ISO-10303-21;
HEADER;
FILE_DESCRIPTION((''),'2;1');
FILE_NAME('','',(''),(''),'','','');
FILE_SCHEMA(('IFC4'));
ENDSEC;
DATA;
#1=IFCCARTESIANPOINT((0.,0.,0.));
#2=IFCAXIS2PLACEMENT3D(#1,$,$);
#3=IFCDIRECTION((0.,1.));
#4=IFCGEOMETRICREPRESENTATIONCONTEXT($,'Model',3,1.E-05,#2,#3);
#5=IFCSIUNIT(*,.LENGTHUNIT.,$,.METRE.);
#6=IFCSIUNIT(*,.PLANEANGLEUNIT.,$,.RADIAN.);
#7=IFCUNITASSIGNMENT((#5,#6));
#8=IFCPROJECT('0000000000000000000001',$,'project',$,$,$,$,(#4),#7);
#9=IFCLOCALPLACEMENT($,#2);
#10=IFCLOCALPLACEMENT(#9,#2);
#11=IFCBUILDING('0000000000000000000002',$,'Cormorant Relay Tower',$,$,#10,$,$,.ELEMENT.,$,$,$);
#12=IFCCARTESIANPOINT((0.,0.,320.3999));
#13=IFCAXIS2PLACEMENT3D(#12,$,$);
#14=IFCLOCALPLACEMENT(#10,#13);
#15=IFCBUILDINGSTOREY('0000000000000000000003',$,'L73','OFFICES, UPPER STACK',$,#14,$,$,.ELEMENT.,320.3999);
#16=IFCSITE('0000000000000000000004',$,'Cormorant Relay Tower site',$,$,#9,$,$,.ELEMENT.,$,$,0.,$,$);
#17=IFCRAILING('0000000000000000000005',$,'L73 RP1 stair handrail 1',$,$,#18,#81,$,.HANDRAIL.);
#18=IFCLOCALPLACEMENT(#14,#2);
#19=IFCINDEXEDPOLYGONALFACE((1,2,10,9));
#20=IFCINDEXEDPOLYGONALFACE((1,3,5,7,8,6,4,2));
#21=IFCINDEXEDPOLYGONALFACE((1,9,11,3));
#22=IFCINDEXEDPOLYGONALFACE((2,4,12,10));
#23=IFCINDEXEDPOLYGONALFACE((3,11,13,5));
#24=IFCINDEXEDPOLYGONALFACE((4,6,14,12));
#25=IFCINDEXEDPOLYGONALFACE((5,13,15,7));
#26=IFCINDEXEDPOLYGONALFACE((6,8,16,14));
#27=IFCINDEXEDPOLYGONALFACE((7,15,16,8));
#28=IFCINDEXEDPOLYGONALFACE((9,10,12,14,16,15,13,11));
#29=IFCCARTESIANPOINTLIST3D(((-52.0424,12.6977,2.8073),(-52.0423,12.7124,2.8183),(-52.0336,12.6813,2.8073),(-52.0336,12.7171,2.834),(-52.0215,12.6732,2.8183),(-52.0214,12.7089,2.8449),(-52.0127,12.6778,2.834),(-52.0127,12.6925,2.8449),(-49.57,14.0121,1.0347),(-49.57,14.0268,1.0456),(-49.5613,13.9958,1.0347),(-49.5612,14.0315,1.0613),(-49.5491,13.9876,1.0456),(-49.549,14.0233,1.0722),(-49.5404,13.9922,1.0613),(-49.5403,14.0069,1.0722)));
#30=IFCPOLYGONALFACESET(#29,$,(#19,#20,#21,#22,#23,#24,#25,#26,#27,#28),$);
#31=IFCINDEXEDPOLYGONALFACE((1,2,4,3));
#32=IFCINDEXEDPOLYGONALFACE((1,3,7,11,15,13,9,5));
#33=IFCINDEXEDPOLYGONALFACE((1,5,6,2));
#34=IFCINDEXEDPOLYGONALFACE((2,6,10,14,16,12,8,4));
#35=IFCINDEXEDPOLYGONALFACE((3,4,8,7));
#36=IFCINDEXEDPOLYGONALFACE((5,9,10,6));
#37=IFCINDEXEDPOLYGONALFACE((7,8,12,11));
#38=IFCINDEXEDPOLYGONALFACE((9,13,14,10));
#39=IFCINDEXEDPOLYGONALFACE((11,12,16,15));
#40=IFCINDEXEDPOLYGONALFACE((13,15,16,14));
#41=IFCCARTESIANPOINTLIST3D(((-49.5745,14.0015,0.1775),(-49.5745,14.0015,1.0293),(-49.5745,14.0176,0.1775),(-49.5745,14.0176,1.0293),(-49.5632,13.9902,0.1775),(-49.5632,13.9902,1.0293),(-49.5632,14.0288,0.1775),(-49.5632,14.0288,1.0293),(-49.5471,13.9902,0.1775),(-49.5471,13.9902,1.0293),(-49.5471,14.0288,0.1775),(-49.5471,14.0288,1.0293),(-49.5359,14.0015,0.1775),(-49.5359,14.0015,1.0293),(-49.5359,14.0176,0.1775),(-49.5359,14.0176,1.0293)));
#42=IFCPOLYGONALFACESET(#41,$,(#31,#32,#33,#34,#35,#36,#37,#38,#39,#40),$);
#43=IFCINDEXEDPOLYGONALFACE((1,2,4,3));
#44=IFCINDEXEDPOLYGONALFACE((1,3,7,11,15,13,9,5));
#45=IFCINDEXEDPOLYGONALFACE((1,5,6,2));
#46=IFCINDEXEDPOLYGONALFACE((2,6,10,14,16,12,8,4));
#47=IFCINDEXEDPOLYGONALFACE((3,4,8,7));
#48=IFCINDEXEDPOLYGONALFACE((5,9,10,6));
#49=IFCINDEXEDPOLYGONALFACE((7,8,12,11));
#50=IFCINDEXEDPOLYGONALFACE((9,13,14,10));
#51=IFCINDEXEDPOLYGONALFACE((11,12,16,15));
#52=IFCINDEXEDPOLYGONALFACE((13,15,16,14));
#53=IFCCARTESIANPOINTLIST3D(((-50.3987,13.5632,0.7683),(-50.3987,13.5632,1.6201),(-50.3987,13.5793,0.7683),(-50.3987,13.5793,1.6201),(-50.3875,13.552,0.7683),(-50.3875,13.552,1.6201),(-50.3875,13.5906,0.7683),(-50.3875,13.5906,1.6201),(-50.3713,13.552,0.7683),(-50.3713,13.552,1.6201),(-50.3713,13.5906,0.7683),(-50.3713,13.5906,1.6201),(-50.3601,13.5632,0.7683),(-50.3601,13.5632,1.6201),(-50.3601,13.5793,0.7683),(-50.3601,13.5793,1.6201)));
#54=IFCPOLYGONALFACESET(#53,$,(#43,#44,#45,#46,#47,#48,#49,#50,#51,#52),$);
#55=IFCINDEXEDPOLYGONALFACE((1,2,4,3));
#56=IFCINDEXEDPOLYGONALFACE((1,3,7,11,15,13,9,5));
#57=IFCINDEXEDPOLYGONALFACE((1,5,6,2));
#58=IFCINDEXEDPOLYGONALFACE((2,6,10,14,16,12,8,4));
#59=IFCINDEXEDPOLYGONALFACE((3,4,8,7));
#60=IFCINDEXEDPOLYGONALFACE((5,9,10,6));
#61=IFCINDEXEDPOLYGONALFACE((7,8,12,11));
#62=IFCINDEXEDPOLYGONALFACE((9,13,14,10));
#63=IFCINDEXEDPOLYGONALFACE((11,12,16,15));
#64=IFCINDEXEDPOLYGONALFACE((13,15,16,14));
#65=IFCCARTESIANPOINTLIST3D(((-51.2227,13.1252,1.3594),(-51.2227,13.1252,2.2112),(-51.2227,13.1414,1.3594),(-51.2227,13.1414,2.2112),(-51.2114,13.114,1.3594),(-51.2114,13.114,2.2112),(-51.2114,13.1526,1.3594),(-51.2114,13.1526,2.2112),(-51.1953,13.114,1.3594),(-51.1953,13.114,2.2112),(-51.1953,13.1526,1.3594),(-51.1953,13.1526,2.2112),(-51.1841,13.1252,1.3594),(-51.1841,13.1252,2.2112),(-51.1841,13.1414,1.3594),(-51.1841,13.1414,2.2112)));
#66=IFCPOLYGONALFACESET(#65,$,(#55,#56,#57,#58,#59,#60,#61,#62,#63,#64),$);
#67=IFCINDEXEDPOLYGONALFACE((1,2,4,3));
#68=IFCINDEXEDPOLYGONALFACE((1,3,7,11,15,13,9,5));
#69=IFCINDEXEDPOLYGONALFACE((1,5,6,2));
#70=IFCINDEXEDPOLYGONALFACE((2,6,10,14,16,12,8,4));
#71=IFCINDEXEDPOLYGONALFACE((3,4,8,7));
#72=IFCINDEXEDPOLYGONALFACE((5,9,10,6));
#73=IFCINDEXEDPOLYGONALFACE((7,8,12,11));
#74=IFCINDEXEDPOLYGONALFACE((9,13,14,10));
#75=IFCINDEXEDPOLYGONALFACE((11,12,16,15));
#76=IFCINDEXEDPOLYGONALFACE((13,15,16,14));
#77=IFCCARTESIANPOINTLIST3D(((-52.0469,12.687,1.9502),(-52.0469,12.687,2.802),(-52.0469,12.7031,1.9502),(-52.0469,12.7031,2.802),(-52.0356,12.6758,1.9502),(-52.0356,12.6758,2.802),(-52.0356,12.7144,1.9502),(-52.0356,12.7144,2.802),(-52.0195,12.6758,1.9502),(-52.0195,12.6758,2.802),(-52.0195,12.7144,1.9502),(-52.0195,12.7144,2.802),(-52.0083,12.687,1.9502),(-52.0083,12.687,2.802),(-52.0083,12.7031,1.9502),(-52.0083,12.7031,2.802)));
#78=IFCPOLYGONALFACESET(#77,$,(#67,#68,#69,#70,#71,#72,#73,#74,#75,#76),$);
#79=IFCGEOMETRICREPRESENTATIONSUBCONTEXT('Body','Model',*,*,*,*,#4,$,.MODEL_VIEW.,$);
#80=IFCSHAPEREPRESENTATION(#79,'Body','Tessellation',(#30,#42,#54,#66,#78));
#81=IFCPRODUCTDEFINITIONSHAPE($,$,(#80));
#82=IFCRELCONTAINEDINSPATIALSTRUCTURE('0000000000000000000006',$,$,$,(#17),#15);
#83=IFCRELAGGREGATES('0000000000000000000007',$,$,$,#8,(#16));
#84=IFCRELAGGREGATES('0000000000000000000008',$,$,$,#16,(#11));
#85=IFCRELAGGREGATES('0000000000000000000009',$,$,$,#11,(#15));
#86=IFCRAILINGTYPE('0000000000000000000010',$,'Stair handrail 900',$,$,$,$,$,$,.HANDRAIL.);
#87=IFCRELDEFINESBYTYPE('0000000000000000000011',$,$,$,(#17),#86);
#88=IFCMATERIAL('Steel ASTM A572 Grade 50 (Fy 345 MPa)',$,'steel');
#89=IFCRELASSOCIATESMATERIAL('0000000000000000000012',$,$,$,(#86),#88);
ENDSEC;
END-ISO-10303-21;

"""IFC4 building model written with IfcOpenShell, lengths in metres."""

from ifc_helpers import new_model, si_unit, direction, frame, origin, place, context, subcontext, project, spatial, polyline, outline, extrude, material, type_object, element, save


model = new_model("IFC4")

# Units and contexts
model_context = context("Model", 3, precision=1e-05, world=origin(), true_north=direction((0.0, 1.0)))
body_context = subcontext(model_context, "Body", "Model", "MODEL_VIEW")
ifc_project = project(units=[si_unit("LENGTHUNIT", "METRE"), si_unit("PLANEANGLEUNIT", "RADIAN")], contexts=[model_context])

# Site, building, storey
site_placement = place(None, origin())
site = spatial("IfcSite", under=ifc_project, at=site_placement, Name="Cormorant Relay Tower site", CompositionType="ELEMENT", RefElevation=0.0)
building_placement = place(site_placement, origin())
building = spatial("IfcBuilding", under=site, at=building_placement, Name="Cormorant Relay Tower", CompositionType="ELEMENT")
storey_placement = place(building_placement, frame((0.0, 0.0, 320.3999)))
storey = spatial("IfcBuildingStorey", under=building, at=storey_placement, Name="L73", Description="OFFICES, UPPER STACK", CompositionType="ELEMENT", Elevation=320.3999)

# Railing
ifc_material_1 = material(Name="Steel ASTM A572 Grade 50 (Fy 345 MPa)", Category="steel")
railing_type = type_object("IfcRailingType", Name="Stair handrail 900", PredefinedType="HANDRAIL", material=ifc_material_1)
railing_placement = place(storey_placement, frame((-49.5552, 14.0095, 0.1775)))
element("IfcRailing", 1, at=railing_placement, inside=storey, type_object=railing_type, Name="L73 RP1 stair handrail 1", PredefinedType="HANDRAIL", context=body_context, shape_type="SweptSolid", body=[
    extrude(outline(polyline([(0.0222, 0.0093), (0.0093, 0.0222), (-0.0093, 0.0222), (-0.0222, 0.0093), (-0.0222, -0.0093), (-0.0093, -0.0222), (0.0093, -0.0222), (0.0222, -0.0093), (0.0222, 0.0093)])), frame((0.0, 0.0, 0.876), z_axis=(-0.746034, -0.396627, 0.534902), x_axis=(0.469429, -0.88297, 0.0)), (0.0, 0.0, 1.0), 3.314),
    extrude(outline(polyline([(0.0193, 0.0081), (0.0081, 0.0193), (-0.0081, 0.0193), (-0.0193, 0.0081), (-0.0193, -0.0081), (-0.0081, -0.0193), (0.0081, -0.0193), (0.0193, -0.0081), (0.0193, 0.0081)])), origin(), (0.0, 0.0, 1.0), 0.8518),
    extrude(outline(polyline([(0.0193, 0.0081), (0.0081, 0.0193), (-0.0081, 0.0193), (-0.0193, 0.0081), (-0.0193, -0.0081), (-0.0081, -0.0193), (0.0081, -0.0193), (0.0193, -0.0081), (0.0193, 0.0081)])), frame((-0.8242, -0.4382, 0.5908)), (0.0, 0.0, 1.0), 0.8518),
    extrude(outline(polyline([(0.0193, 0.0081), (0.0081, 0.0193), (-0.0081, 0.0193), (-0.0193, 0.0081), (-0.0193, -0.0081), (-0.0081, -0.0193), (0.0081, -0.0193), (0.0193, -0.0081), (0.0193, 0.0081)])), frame((-1.6482, -0.8762, 1.1819)), (0.0, 0.0, 1.0), 0.8518),
    extrude(outline(polyline([(0.0193, 0.0081), (0.0081, 0.0193), (-0.0081, 0.0193), (-0.0193, 0.0081), (-0.0193, -0.0081), (-0.0081, -0.0193), (0.0081, -0.0193), (0.0193, -0.0081), (0.0193, 0.0081)])), frame((-2.4724, -1.3145, 1.7727)), (0.0, 0.0, 1.0), 0.8518),
])

save(model, "model.ifc")
